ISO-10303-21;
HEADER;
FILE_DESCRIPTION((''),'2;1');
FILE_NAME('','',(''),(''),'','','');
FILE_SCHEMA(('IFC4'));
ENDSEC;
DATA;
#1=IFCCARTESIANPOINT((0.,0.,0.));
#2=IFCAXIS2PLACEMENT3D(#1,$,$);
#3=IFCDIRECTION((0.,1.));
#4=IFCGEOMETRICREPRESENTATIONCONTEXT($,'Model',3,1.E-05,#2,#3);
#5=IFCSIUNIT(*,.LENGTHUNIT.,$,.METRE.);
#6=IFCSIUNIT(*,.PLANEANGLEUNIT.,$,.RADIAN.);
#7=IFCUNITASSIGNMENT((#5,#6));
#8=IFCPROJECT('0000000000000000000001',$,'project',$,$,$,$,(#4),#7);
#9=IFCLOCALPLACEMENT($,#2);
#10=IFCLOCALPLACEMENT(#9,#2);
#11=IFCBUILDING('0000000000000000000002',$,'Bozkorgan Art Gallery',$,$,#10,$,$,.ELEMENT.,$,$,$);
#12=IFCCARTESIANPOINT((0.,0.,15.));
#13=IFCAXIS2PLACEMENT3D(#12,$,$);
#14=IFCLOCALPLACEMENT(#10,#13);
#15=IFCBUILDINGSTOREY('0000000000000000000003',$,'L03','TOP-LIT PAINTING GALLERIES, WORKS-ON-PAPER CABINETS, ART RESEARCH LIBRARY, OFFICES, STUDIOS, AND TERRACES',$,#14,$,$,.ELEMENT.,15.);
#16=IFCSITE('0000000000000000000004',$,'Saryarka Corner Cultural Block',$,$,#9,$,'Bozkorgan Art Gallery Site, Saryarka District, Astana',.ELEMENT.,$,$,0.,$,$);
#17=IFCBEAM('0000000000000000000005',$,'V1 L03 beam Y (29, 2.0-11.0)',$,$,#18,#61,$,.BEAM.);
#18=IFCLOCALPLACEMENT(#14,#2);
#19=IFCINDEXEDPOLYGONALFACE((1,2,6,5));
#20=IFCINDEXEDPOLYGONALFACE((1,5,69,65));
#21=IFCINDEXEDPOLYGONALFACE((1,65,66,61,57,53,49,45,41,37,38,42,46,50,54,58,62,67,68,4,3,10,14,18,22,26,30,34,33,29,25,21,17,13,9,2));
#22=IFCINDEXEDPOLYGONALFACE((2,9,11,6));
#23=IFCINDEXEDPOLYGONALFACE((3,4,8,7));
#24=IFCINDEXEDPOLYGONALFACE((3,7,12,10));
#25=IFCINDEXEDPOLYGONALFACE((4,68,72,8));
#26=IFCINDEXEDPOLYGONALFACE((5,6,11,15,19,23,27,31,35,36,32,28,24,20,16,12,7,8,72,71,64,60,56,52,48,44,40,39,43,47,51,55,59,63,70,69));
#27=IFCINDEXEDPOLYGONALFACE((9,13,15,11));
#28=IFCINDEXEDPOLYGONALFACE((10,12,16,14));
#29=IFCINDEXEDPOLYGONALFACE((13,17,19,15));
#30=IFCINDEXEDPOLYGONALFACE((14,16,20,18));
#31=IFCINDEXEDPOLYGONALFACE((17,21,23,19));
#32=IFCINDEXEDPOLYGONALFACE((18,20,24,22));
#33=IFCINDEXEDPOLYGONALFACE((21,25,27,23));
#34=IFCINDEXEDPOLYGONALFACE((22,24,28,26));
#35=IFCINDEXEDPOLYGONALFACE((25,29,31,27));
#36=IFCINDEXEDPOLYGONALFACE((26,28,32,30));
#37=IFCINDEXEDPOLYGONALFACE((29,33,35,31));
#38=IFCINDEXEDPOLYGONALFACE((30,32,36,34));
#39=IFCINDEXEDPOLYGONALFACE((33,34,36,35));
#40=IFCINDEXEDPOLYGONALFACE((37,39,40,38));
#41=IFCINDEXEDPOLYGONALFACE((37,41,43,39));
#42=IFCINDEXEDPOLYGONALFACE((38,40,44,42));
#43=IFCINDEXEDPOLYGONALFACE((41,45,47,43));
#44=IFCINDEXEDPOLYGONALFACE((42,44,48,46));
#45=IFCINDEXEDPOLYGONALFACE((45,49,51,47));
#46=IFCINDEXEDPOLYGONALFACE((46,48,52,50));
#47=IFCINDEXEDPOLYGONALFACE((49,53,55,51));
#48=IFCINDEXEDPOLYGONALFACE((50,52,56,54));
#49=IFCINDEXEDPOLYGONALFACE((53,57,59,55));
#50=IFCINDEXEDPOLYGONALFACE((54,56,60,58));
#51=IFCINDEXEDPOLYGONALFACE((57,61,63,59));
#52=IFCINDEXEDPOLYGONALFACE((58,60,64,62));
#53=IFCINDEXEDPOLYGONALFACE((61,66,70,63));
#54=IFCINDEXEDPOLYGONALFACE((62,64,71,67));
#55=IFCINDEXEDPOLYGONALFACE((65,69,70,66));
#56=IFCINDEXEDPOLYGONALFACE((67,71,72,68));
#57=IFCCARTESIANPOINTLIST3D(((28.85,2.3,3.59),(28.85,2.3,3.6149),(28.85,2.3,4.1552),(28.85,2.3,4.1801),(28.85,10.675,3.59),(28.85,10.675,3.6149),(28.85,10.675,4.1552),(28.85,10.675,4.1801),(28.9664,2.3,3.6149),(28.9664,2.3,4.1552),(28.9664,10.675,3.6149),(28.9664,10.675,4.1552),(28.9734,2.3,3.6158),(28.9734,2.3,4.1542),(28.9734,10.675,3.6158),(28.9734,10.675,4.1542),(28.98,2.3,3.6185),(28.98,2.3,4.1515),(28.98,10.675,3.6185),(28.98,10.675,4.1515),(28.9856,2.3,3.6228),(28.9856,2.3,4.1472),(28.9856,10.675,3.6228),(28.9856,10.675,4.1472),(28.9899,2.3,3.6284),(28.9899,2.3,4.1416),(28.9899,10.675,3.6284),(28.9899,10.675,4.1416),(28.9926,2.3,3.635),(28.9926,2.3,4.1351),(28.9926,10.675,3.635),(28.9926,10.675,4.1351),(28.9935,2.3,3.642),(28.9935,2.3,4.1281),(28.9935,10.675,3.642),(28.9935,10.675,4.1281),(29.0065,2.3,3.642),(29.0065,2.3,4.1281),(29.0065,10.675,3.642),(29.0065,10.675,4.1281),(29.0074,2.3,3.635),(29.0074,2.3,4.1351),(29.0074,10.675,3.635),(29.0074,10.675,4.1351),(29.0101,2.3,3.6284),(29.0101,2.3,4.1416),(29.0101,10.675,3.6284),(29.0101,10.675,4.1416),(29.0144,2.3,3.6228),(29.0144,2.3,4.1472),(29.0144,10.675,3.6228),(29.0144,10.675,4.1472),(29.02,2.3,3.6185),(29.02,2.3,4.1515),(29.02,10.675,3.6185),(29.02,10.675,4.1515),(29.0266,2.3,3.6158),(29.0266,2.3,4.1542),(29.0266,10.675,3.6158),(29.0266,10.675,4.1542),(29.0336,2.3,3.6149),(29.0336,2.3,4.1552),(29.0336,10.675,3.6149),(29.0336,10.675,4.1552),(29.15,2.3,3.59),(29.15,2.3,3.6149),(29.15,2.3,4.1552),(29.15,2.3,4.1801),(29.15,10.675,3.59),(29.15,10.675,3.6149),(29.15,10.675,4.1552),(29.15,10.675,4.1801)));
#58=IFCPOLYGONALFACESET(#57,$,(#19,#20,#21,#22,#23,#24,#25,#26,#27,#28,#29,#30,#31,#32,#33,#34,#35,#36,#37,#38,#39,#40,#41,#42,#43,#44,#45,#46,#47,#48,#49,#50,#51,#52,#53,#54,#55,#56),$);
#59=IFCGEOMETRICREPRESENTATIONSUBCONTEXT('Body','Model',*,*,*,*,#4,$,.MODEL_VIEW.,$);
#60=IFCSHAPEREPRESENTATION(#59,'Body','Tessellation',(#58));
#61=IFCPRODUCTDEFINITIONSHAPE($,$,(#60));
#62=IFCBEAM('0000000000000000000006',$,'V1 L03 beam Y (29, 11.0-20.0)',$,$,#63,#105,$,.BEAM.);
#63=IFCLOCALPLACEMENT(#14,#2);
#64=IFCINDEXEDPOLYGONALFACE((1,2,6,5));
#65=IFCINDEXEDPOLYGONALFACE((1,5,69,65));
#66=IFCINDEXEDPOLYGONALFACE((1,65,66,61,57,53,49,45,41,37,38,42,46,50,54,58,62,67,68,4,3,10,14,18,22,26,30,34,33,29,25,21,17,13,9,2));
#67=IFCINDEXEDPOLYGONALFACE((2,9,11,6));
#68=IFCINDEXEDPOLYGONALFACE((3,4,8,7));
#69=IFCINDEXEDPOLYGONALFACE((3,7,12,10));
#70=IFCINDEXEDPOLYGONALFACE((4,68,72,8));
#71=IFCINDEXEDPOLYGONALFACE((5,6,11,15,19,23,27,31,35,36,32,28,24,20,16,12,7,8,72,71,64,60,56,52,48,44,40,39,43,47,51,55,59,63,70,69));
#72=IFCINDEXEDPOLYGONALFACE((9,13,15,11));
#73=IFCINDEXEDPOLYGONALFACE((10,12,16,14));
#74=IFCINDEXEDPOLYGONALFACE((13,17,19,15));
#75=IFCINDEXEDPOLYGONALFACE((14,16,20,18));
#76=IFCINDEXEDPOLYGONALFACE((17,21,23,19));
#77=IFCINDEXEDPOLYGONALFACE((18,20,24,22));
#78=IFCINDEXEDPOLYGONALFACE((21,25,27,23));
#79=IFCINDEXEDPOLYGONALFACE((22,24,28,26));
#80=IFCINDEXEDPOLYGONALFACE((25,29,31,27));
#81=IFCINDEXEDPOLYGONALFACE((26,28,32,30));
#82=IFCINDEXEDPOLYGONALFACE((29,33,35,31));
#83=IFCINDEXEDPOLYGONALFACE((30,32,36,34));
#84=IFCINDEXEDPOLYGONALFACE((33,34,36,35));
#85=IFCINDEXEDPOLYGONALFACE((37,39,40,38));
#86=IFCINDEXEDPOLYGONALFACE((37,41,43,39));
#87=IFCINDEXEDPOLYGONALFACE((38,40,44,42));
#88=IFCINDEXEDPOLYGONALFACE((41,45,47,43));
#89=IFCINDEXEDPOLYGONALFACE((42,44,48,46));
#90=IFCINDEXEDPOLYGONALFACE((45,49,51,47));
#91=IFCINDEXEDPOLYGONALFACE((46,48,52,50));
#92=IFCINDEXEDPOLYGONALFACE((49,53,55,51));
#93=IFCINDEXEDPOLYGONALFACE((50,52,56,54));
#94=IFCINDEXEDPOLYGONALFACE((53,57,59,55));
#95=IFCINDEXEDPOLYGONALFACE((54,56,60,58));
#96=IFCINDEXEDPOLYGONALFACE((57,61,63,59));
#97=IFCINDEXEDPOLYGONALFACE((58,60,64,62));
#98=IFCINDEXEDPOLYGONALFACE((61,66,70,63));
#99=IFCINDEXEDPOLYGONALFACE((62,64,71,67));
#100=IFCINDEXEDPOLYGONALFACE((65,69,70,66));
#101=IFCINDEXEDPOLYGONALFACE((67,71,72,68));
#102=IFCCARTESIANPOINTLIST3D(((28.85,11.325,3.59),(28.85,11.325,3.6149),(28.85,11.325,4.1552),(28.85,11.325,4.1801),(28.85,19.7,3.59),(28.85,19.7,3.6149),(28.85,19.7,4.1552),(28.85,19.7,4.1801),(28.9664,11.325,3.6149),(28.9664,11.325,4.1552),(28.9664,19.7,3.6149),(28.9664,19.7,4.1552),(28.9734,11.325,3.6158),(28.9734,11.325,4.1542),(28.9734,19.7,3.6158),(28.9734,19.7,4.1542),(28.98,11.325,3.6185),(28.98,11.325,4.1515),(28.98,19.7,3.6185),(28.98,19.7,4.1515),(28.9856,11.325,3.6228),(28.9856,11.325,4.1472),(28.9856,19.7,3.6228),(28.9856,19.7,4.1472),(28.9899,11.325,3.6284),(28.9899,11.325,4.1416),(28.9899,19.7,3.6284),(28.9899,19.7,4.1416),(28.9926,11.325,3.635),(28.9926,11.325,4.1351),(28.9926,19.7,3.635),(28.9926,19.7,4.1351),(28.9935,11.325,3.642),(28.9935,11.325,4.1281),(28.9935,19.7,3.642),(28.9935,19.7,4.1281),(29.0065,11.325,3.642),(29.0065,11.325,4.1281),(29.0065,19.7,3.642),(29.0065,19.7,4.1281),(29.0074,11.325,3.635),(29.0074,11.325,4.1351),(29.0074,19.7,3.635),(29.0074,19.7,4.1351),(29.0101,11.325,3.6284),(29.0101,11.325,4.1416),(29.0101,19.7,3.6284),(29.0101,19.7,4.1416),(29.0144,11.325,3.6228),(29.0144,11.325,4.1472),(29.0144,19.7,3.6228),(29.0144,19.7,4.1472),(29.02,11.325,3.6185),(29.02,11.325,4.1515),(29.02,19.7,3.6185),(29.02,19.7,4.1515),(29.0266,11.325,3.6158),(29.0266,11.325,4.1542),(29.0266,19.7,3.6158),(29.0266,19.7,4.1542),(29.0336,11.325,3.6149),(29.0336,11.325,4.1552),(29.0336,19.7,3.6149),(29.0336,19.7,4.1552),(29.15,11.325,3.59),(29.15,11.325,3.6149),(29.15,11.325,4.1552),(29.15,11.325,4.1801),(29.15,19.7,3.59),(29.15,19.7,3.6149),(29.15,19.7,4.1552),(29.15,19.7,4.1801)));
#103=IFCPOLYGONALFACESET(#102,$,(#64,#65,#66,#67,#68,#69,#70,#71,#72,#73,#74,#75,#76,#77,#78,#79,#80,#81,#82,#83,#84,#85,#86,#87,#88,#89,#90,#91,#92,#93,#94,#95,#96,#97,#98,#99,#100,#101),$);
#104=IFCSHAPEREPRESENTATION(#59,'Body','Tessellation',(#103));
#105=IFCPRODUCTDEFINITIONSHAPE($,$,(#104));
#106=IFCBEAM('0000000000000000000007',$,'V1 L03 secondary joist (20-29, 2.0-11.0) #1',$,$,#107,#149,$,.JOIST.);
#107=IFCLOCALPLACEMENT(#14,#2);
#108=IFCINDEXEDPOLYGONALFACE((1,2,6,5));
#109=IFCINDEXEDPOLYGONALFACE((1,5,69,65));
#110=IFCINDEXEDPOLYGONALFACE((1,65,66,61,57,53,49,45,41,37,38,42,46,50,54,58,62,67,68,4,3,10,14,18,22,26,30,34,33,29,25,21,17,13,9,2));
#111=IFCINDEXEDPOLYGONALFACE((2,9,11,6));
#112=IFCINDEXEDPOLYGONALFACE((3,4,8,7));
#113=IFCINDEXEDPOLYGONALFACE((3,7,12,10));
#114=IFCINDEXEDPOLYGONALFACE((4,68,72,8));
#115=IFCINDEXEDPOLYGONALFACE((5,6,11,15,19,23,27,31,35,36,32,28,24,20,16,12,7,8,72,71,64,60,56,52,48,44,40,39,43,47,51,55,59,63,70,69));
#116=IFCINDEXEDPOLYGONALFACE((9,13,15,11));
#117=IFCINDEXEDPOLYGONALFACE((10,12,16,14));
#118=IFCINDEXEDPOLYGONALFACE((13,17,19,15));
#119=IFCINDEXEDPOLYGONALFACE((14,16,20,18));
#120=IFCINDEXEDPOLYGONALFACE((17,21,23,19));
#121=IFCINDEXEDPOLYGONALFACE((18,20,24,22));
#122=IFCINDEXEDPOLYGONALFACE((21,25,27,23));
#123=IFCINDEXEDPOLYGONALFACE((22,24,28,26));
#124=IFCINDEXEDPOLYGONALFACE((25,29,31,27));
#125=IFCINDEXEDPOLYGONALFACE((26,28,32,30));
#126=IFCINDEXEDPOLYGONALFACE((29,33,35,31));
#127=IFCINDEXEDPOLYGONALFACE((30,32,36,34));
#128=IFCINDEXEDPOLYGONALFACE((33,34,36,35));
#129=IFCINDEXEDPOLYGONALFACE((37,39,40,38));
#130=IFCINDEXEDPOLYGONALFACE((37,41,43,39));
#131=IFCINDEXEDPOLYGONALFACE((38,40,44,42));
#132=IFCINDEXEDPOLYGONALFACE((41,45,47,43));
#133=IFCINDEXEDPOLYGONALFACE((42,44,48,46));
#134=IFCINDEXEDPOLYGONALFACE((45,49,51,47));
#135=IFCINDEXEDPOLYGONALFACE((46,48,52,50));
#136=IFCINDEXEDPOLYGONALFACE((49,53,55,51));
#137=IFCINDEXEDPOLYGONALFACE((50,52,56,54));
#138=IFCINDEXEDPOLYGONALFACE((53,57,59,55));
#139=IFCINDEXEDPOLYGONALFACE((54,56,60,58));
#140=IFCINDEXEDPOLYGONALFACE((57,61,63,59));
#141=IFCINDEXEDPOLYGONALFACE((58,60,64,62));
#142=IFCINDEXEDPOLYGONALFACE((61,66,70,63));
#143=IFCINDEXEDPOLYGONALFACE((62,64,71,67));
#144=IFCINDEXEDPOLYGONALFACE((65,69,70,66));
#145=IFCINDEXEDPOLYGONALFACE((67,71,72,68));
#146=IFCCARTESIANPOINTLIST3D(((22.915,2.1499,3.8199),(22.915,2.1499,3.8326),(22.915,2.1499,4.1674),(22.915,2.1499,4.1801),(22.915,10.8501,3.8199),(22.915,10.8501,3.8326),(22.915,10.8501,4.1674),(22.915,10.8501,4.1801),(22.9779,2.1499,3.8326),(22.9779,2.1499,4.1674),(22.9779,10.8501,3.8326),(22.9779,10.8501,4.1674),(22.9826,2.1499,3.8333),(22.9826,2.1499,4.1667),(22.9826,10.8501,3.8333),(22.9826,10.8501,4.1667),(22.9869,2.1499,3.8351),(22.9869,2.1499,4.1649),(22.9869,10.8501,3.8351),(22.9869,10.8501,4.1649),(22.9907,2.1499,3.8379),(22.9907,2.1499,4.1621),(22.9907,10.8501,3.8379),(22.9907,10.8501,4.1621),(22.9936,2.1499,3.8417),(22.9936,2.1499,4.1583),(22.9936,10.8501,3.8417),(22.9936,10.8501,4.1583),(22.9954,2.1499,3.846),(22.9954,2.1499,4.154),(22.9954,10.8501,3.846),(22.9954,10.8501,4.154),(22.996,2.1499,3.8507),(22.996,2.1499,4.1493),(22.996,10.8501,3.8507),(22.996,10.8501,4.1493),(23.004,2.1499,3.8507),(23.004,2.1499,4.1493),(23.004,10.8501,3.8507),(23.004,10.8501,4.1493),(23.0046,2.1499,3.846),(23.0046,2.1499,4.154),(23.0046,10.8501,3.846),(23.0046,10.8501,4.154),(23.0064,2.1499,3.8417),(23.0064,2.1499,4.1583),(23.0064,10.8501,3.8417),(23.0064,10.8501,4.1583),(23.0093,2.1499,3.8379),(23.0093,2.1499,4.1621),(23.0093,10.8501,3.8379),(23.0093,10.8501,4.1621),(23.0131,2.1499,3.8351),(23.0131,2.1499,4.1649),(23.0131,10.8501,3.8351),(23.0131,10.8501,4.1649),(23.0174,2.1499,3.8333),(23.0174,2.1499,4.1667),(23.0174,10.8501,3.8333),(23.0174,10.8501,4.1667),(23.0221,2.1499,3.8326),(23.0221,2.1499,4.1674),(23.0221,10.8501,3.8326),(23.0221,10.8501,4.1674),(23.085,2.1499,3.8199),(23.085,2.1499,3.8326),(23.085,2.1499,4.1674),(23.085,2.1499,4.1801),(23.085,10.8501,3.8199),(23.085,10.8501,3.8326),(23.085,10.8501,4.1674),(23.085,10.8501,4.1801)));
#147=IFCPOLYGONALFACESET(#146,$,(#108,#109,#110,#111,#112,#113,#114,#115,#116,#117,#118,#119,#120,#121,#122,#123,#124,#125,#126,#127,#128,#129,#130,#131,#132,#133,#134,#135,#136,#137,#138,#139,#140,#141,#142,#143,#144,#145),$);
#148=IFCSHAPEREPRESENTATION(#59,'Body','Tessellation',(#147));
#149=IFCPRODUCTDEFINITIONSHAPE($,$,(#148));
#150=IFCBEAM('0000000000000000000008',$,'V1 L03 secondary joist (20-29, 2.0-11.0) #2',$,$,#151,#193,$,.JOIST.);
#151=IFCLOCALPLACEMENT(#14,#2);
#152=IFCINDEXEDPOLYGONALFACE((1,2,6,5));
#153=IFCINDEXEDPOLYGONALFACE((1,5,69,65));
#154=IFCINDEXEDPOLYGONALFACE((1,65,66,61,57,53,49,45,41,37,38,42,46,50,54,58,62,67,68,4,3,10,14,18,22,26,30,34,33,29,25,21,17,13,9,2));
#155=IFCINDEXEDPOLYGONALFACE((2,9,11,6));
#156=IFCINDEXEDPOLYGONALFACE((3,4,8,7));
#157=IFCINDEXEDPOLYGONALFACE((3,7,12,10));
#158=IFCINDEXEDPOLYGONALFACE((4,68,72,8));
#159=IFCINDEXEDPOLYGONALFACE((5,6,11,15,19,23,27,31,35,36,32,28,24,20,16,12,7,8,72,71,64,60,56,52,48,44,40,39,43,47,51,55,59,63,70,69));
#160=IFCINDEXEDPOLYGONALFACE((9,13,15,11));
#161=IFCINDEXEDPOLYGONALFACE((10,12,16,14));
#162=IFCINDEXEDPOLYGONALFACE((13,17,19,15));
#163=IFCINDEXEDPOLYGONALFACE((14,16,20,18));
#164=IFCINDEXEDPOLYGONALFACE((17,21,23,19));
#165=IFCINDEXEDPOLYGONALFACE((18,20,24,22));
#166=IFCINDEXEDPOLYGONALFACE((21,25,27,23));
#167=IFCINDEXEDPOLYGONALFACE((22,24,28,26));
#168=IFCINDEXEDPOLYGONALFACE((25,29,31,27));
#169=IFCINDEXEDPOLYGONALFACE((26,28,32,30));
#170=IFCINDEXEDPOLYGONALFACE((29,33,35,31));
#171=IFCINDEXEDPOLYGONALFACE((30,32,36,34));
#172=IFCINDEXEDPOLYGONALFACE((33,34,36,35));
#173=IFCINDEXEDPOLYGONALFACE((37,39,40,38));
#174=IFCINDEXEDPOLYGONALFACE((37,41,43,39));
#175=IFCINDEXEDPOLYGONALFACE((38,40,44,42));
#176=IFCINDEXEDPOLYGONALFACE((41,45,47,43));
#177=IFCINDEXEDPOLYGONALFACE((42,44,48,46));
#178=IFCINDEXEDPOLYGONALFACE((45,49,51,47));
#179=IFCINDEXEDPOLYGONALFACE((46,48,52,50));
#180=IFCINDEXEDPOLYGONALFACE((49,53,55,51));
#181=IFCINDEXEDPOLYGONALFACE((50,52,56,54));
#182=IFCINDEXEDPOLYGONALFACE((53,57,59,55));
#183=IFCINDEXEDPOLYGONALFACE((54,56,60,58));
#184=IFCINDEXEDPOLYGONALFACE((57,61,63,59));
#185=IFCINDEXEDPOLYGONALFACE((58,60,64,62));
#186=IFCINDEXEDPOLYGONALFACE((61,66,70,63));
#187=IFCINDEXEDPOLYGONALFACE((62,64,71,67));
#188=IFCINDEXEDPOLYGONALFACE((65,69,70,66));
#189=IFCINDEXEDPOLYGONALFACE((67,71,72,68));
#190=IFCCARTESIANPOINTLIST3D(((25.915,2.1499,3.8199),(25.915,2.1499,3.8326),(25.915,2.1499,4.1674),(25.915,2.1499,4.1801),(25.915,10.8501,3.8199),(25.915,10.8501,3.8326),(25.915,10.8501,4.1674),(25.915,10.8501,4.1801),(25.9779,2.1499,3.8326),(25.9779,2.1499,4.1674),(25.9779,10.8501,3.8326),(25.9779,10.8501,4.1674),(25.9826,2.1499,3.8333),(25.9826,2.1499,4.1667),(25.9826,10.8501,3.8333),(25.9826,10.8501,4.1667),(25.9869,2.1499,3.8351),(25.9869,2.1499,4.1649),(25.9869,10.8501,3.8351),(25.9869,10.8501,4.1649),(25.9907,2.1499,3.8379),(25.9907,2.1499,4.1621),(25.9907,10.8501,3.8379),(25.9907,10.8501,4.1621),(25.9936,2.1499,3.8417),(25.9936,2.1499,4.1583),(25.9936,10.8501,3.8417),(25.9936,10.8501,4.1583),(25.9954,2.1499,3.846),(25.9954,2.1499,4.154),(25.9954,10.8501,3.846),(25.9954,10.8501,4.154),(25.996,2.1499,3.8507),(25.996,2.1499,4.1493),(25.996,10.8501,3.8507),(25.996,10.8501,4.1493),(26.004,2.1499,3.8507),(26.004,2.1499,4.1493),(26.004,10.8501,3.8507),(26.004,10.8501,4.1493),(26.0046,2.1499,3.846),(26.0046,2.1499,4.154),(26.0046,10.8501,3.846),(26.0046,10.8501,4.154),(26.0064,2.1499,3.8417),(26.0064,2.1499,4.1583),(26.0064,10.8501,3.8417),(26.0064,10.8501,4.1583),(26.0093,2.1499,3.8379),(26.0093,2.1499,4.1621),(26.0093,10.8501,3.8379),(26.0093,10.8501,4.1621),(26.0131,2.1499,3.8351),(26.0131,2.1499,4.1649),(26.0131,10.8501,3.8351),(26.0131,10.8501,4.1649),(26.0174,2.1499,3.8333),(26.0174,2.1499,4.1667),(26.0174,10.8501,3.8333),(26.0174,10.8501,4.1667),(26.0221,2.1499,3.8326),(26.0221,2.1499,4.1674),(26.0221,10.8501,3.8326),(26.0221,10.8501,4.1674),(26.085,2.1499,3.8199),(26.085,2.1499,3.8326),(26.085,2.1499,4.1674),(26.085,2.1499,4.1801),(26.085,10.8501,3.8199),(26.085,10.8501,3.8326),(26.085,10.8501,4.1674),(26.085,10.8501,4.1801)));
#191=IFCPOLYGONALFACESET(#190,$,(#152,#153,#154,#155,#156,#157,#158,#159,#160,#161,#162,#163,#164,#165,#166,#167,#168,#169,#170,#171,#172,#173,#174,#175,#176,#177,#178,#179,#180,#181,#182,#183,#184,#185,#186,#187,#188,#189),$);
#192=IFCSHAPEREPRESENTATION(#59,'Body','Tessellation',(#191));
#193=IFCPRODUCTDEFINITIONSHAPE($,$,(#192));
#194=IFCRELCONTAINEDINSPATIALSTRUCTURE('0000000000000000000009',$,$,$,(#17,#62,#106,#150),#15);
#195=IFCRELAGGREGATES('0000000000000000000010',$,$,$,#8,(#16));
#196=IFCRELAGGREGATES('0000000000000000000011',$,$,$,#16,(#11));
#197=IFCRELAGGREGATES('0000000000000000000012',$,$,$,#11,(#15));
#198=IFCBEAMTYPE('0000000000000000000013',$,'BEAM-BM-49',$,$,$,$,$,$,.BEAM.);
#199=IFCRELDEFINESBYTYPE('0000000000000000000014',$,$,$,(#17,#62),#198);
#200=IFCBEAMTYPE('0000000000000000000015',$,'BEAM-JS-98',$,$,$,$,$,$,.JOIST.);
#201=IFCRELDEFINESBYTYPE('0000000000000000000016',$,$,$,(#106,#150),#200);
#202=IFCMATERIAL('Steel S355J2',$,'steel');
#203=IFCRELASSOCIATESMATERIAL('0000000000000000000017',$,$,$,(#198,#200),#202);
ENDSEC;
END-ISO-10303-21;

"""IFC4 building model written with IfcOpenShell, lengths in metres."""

from ifc_helpers import new_model, si_unit, direction, frame, origin, origin_2d, place, context, subcontext, project, spatial, i_section, extrude, material, material_profile, profile_set, type_object, element, save


model = new_model("IFC4")

# Units and contexts
model_context = context("Model", 3, precision=1e-05, world=origin(), true_north=direction((0.0, 1.0)))
body_context = subcontext(model_context, "Body", "Model", "MODEL_VIEW")
ifc_project = project(units=[si_unit("LENGTHUNIT", "METRE"), si_unit("PLANEANGLEUNIT", "RADIAN")], contexts=[model_context])

# Site, building, storey
site_placement = place(None, origin())
site = spatial("IfcSite", under=ifc_project, at=site_placement, Name="Saryarka Corner Cultural Block", LongName="Bozkorgan Art Gallery Site, Saryarka District, Astana", CompositionType="ELEMENT", RefElevation=0.0)
building_placement = place(site_placement, origin())
building = spatial("IfcBuilding", under=site, at=building_placement, Name="Bozkorgan Art Gallery", CompositionType="ELEMENT")
storey_placement = place(building_placement, frame((0.0, 0.0, 15.0)))
storey = spatial("IfcBuildingStorey", under=building, at=storey_placement, Name="L03", Description="TOP-LIT PAINTING GALLERIES, WORKS-ON-PAPER CABINETS, ART RESEARCH LIBRARY, OFFICES, STUDIOS, AND TERRACES", CompositionType="ELEMENT", Elevation=15.0)

# Beams
ifc_material_1 = material(Name="Steel S355J2", Category="steel")
ifc_material_profile_1 = material_profile(ifc_material_1, i_section(OverallWidth=0.3, OverallDepth=0.5901, WebThickness=0.0129, FlangeThickness=0.0249, FilletRadius=0.0271, at=origin_2d()), Name="HEA 600")
ifc_profile_set_1 = profile_set([ifc_material_profile_1], Name="Steel S355J2")
beam_type_1 = type_object("IfcBeamType", Name="BEAM-BM-49", PredefinedType="BEAM", material=ifc_profile_set_1)
for number, where, z_axis, x_axis, name in (
    (1, (29.0, 2.3, 3.885), (0.0, 1.0, 0.0), (-1.0, 0.0, 0.0), "V1 L03 beam Y (29, 2.0-11.0)"),
    (2, (29.0, 11.325, 3.885), (0.0, 1.0, 0.0), (-1.0, 0.0, 0.0), "V1 L03 beam Y (29, 11.0-20.0)"),
):
    element("IfcBeam", number, at=place(storey_placement, frame(where, z_axis=z_axis, x_axis=x_axis)), inside=storey, type_object=beam_type_1, Name=name, PredefinedType="BEAM", context=body_context, shape_type="SweptSolid", body=[
        extrude(i_section(OverallWidth=0.3, OverallDepth=0.5901, WebThickness=0.0129, FlangeThickness=0.0249, FilletRadius=0.0271, at=origin_2d()), origin(), (0.0, 0.0, 1.0), 8.375),
    ])
ifc_material_profile_2 = material_profile(ifc_material_1, i_section(OverallWidth=0.1699, OverallDepth=0.3601, WebThickness=0.0081, FlangeThickness=0.0127, FilletRadius=0.0181, at=origin_2d()), Name="IPE 360")
ifc_profile_set_2 = profile_set([ifc_material_profile_2], Name="Steel S355J2")
beam_type_2 = type_object("IfcBeamType", Name="BEAM-JS-98", PredefinedType="JOIST", material=ifc_profile_set_2)
for number, where, z_axis, x_axis, name in (
    (3, (23.0, 2.1499, 4.0), (0.0, 1.0, 0.0), (-1.0, 0.0, 0.0), "V1 L03 secondary joist (20-29, 2.0-11.0) #1"),
    (4, (26.0, 2.1499, 4.0), (0.0, 1.0, 0.0), (-1.0, 0.0, 0.0), "V1 L03 secondary joist (20-29, 2.0-11.0) #2"),
):
    element("IfcBeam", number, at=place(storey_placement, frame(where, z_axis=z_axis, x_axis=x_axis)), inside=storey, type_object=beam_type_2, Name=name, PredefinedType="JOIST", context=body_context, shape_type="SweptSolid", body=[
        extrude(i_section(OverallWidth=0.1699, OverallDepth=0.3601, WebThickness=0.0081, FlangeThickness=0.0127, FilletRadius=0.0181, at=origin_2d()), origin(), (0.0, 0.0, 1.0), 8.7002),
    ])

save(model, "model.ifc")
